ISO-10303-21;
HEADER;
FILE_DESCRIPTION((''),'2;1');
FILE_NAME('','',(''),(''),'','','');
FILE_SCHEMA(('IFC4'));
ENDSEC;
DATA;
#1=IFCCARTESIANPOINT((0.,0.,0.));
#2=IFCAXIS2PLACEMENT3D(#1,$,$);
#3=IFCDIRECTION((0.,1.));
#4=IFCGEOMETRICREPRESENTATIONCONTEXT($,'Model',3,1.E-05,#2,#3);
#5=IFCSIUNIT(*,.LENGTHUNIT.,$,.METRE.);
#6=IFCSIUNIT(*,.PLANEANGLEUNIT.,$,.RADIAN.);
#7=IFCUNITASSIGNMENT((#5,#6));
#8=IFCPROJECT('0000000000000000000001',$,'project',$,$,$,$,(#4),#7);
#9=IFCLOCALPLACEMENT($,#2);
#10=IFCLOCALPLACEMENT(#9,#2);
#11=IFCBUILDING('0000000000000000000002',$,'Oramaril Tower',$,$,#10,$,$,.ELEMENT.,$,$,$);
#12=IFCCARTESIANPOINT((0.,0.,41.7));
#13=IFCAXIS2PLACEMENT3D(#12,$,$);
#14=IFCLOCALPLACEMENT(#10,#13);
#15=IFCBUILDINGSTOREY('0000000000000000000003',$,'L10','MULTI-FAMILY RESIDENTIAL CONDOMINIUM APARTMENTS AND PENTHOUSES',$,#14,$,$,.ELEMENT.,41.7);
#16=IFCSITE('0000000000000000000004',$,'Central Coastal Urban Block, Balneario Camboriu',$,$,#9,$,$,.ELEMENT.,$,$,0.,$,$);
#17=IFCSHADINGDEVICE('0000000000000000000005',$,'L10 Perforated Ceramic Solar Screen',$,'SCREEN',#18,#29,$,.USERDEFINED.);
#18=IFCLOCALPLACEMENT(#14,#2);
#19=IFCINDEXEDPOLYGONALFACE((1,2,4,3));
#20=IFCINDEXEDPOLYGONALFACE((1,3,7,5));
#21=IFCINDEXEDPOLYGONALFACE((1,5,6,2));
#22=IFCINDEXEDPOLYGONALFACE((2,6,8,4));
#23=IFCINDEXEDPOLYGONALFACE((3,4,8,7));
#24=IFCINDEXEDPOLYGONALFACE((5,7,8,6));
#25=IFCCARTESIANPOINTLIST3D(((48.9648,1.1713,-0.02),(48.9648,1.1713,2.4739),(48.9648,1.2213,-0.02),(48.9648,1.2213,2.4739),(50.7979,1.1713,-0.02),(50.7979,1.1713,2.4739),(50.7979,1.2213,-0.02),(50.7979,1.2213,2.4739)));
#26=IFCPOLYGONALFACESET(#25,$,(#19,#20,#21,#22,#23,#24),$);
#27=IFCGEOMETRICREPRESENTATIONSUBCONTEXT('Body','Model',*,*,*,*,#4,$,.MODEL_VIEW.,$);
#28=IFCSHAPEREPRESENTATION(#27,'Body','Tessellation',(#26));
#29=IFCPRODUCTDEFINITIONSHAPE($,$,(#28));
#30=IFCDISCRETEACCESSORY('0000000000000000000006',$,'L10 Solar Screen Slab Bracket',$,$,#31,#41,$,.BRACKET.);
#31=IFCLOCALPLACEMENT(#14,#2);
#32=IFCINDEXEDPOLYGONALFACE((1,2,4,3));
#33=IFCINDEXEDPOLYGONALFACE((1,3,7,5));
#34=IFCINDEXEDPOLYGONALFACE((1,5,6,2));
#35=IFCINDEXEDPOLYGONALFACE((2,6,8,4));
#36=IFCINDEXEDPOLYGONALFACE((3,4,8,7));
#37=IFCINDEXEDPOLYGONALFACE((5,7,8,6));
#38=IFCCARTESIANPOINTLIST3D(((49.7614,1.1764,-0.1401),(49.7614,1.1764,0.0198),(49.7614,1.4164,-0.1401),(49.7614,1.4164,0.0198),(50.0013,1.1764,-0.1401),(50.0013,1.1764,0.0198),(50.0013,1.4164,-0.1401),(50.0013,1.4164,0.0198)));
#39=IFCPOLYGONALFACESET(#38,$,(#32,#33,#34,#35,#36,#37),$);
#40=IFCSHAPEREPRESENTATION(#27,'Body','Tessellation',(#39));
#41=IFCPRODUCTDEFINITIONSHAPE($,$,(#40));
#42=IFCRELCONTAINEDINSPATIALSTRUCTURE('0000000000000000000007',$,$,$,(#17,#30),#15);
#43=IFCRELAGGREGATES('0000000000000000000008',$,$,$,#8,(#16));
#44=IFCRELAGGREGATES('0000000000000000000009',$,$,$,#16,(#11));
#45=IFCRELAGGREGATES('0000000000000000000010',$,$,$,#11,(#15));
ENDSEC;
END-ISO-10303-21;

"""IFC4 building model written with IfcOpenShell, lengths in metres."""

from ifc_helpers import new_model, si_unit, direction, frame, origin, origin_2d, place, context, subcontext, project, spatial, rectangle, extrude, element, save


model = new_model("IFC4")

# Units and contexts
model_context = context("Model", 3, precision=1e-05, world=origin(), true_north=direction((0.0, 1.0)))
body_context = subcontext(model_context, "Body", "Model", "MODEL_VIEW")
ifc_project = project(units=[si_unit("LENGTHUNIT", "METRE"), si_unit("PLANEANGLEUNIT", "RADIAN")], contexts=[model_context])

# Site, building, storey
site_placement = place(None, origin())
site = spatial("IfcSite", under=ifc_project, at=site_placement, Name="Central Coastal Urban Block, Balneario Camboriu", CompositionType="ELEMENT", RefElevation=0.0)
building_placement = place(site_placement, origin())
building = spatial("IfcBuilding", under=site, at=building_placement, Name="Oramaril Tower", CompositionType="ELEMENT")
storey_placement = place(building_placement, frame((0.0, 0.0, 41.7)))
storey = spatial("IfcBuildingStorey", under=building, at=storey_placement, Name="L10", Description="MULTI-FAMILY RESIDENTIAL CONDOMINIUM APARTMENTS AND PENTHOUSES", CompositionType="ELEMENT", Elevation=41.7)

# Shading device
shading_device_placement = place(storey_placement, frame((49.8813, 1.1963, -0.02), z_axis=(0.0, 0.0, 1.0), x_axis=(1.0, 0.0, 0.0)))
element("IfcShadingDevice", 1, at=shading_device_placement, inside=storey, Name="L10 Perforated Ceramic Solar Screen", ObjectType="SCREEN", PredefinedType="USERDEFINED", context=body_context, shape_type="SweptSolid", body=[
    extrude(rectangle(XDim=1.833, YDim=0.05, at=origin_2d()), origin(), (0.0, 0.0, 1.0), 2.4939),
])

# Discrete accessory
discrete_accessory_placement = place(storey_placement, frame((49.8813, 1.2964, -0.1401), z_axis=(0.0, 0.0, 1.0), x_axis=(1.0, 0.0, 0.0)))
element("IfcDiscreteAccessory", 2, at=discrete_accessory_placement, inside=storey, Name="L10 Solar Screen Slab Bracket", PredefinedType="BRACKET", context=body_context, shape_type="SweptSolid", body=[
    extrude(rectangle(XDim=0.24, YDim=0.24, at=origin_2d()), origin(), (0.0, 0.0, 1.0), 0.1599),
])

save(model, "model.ifc")
